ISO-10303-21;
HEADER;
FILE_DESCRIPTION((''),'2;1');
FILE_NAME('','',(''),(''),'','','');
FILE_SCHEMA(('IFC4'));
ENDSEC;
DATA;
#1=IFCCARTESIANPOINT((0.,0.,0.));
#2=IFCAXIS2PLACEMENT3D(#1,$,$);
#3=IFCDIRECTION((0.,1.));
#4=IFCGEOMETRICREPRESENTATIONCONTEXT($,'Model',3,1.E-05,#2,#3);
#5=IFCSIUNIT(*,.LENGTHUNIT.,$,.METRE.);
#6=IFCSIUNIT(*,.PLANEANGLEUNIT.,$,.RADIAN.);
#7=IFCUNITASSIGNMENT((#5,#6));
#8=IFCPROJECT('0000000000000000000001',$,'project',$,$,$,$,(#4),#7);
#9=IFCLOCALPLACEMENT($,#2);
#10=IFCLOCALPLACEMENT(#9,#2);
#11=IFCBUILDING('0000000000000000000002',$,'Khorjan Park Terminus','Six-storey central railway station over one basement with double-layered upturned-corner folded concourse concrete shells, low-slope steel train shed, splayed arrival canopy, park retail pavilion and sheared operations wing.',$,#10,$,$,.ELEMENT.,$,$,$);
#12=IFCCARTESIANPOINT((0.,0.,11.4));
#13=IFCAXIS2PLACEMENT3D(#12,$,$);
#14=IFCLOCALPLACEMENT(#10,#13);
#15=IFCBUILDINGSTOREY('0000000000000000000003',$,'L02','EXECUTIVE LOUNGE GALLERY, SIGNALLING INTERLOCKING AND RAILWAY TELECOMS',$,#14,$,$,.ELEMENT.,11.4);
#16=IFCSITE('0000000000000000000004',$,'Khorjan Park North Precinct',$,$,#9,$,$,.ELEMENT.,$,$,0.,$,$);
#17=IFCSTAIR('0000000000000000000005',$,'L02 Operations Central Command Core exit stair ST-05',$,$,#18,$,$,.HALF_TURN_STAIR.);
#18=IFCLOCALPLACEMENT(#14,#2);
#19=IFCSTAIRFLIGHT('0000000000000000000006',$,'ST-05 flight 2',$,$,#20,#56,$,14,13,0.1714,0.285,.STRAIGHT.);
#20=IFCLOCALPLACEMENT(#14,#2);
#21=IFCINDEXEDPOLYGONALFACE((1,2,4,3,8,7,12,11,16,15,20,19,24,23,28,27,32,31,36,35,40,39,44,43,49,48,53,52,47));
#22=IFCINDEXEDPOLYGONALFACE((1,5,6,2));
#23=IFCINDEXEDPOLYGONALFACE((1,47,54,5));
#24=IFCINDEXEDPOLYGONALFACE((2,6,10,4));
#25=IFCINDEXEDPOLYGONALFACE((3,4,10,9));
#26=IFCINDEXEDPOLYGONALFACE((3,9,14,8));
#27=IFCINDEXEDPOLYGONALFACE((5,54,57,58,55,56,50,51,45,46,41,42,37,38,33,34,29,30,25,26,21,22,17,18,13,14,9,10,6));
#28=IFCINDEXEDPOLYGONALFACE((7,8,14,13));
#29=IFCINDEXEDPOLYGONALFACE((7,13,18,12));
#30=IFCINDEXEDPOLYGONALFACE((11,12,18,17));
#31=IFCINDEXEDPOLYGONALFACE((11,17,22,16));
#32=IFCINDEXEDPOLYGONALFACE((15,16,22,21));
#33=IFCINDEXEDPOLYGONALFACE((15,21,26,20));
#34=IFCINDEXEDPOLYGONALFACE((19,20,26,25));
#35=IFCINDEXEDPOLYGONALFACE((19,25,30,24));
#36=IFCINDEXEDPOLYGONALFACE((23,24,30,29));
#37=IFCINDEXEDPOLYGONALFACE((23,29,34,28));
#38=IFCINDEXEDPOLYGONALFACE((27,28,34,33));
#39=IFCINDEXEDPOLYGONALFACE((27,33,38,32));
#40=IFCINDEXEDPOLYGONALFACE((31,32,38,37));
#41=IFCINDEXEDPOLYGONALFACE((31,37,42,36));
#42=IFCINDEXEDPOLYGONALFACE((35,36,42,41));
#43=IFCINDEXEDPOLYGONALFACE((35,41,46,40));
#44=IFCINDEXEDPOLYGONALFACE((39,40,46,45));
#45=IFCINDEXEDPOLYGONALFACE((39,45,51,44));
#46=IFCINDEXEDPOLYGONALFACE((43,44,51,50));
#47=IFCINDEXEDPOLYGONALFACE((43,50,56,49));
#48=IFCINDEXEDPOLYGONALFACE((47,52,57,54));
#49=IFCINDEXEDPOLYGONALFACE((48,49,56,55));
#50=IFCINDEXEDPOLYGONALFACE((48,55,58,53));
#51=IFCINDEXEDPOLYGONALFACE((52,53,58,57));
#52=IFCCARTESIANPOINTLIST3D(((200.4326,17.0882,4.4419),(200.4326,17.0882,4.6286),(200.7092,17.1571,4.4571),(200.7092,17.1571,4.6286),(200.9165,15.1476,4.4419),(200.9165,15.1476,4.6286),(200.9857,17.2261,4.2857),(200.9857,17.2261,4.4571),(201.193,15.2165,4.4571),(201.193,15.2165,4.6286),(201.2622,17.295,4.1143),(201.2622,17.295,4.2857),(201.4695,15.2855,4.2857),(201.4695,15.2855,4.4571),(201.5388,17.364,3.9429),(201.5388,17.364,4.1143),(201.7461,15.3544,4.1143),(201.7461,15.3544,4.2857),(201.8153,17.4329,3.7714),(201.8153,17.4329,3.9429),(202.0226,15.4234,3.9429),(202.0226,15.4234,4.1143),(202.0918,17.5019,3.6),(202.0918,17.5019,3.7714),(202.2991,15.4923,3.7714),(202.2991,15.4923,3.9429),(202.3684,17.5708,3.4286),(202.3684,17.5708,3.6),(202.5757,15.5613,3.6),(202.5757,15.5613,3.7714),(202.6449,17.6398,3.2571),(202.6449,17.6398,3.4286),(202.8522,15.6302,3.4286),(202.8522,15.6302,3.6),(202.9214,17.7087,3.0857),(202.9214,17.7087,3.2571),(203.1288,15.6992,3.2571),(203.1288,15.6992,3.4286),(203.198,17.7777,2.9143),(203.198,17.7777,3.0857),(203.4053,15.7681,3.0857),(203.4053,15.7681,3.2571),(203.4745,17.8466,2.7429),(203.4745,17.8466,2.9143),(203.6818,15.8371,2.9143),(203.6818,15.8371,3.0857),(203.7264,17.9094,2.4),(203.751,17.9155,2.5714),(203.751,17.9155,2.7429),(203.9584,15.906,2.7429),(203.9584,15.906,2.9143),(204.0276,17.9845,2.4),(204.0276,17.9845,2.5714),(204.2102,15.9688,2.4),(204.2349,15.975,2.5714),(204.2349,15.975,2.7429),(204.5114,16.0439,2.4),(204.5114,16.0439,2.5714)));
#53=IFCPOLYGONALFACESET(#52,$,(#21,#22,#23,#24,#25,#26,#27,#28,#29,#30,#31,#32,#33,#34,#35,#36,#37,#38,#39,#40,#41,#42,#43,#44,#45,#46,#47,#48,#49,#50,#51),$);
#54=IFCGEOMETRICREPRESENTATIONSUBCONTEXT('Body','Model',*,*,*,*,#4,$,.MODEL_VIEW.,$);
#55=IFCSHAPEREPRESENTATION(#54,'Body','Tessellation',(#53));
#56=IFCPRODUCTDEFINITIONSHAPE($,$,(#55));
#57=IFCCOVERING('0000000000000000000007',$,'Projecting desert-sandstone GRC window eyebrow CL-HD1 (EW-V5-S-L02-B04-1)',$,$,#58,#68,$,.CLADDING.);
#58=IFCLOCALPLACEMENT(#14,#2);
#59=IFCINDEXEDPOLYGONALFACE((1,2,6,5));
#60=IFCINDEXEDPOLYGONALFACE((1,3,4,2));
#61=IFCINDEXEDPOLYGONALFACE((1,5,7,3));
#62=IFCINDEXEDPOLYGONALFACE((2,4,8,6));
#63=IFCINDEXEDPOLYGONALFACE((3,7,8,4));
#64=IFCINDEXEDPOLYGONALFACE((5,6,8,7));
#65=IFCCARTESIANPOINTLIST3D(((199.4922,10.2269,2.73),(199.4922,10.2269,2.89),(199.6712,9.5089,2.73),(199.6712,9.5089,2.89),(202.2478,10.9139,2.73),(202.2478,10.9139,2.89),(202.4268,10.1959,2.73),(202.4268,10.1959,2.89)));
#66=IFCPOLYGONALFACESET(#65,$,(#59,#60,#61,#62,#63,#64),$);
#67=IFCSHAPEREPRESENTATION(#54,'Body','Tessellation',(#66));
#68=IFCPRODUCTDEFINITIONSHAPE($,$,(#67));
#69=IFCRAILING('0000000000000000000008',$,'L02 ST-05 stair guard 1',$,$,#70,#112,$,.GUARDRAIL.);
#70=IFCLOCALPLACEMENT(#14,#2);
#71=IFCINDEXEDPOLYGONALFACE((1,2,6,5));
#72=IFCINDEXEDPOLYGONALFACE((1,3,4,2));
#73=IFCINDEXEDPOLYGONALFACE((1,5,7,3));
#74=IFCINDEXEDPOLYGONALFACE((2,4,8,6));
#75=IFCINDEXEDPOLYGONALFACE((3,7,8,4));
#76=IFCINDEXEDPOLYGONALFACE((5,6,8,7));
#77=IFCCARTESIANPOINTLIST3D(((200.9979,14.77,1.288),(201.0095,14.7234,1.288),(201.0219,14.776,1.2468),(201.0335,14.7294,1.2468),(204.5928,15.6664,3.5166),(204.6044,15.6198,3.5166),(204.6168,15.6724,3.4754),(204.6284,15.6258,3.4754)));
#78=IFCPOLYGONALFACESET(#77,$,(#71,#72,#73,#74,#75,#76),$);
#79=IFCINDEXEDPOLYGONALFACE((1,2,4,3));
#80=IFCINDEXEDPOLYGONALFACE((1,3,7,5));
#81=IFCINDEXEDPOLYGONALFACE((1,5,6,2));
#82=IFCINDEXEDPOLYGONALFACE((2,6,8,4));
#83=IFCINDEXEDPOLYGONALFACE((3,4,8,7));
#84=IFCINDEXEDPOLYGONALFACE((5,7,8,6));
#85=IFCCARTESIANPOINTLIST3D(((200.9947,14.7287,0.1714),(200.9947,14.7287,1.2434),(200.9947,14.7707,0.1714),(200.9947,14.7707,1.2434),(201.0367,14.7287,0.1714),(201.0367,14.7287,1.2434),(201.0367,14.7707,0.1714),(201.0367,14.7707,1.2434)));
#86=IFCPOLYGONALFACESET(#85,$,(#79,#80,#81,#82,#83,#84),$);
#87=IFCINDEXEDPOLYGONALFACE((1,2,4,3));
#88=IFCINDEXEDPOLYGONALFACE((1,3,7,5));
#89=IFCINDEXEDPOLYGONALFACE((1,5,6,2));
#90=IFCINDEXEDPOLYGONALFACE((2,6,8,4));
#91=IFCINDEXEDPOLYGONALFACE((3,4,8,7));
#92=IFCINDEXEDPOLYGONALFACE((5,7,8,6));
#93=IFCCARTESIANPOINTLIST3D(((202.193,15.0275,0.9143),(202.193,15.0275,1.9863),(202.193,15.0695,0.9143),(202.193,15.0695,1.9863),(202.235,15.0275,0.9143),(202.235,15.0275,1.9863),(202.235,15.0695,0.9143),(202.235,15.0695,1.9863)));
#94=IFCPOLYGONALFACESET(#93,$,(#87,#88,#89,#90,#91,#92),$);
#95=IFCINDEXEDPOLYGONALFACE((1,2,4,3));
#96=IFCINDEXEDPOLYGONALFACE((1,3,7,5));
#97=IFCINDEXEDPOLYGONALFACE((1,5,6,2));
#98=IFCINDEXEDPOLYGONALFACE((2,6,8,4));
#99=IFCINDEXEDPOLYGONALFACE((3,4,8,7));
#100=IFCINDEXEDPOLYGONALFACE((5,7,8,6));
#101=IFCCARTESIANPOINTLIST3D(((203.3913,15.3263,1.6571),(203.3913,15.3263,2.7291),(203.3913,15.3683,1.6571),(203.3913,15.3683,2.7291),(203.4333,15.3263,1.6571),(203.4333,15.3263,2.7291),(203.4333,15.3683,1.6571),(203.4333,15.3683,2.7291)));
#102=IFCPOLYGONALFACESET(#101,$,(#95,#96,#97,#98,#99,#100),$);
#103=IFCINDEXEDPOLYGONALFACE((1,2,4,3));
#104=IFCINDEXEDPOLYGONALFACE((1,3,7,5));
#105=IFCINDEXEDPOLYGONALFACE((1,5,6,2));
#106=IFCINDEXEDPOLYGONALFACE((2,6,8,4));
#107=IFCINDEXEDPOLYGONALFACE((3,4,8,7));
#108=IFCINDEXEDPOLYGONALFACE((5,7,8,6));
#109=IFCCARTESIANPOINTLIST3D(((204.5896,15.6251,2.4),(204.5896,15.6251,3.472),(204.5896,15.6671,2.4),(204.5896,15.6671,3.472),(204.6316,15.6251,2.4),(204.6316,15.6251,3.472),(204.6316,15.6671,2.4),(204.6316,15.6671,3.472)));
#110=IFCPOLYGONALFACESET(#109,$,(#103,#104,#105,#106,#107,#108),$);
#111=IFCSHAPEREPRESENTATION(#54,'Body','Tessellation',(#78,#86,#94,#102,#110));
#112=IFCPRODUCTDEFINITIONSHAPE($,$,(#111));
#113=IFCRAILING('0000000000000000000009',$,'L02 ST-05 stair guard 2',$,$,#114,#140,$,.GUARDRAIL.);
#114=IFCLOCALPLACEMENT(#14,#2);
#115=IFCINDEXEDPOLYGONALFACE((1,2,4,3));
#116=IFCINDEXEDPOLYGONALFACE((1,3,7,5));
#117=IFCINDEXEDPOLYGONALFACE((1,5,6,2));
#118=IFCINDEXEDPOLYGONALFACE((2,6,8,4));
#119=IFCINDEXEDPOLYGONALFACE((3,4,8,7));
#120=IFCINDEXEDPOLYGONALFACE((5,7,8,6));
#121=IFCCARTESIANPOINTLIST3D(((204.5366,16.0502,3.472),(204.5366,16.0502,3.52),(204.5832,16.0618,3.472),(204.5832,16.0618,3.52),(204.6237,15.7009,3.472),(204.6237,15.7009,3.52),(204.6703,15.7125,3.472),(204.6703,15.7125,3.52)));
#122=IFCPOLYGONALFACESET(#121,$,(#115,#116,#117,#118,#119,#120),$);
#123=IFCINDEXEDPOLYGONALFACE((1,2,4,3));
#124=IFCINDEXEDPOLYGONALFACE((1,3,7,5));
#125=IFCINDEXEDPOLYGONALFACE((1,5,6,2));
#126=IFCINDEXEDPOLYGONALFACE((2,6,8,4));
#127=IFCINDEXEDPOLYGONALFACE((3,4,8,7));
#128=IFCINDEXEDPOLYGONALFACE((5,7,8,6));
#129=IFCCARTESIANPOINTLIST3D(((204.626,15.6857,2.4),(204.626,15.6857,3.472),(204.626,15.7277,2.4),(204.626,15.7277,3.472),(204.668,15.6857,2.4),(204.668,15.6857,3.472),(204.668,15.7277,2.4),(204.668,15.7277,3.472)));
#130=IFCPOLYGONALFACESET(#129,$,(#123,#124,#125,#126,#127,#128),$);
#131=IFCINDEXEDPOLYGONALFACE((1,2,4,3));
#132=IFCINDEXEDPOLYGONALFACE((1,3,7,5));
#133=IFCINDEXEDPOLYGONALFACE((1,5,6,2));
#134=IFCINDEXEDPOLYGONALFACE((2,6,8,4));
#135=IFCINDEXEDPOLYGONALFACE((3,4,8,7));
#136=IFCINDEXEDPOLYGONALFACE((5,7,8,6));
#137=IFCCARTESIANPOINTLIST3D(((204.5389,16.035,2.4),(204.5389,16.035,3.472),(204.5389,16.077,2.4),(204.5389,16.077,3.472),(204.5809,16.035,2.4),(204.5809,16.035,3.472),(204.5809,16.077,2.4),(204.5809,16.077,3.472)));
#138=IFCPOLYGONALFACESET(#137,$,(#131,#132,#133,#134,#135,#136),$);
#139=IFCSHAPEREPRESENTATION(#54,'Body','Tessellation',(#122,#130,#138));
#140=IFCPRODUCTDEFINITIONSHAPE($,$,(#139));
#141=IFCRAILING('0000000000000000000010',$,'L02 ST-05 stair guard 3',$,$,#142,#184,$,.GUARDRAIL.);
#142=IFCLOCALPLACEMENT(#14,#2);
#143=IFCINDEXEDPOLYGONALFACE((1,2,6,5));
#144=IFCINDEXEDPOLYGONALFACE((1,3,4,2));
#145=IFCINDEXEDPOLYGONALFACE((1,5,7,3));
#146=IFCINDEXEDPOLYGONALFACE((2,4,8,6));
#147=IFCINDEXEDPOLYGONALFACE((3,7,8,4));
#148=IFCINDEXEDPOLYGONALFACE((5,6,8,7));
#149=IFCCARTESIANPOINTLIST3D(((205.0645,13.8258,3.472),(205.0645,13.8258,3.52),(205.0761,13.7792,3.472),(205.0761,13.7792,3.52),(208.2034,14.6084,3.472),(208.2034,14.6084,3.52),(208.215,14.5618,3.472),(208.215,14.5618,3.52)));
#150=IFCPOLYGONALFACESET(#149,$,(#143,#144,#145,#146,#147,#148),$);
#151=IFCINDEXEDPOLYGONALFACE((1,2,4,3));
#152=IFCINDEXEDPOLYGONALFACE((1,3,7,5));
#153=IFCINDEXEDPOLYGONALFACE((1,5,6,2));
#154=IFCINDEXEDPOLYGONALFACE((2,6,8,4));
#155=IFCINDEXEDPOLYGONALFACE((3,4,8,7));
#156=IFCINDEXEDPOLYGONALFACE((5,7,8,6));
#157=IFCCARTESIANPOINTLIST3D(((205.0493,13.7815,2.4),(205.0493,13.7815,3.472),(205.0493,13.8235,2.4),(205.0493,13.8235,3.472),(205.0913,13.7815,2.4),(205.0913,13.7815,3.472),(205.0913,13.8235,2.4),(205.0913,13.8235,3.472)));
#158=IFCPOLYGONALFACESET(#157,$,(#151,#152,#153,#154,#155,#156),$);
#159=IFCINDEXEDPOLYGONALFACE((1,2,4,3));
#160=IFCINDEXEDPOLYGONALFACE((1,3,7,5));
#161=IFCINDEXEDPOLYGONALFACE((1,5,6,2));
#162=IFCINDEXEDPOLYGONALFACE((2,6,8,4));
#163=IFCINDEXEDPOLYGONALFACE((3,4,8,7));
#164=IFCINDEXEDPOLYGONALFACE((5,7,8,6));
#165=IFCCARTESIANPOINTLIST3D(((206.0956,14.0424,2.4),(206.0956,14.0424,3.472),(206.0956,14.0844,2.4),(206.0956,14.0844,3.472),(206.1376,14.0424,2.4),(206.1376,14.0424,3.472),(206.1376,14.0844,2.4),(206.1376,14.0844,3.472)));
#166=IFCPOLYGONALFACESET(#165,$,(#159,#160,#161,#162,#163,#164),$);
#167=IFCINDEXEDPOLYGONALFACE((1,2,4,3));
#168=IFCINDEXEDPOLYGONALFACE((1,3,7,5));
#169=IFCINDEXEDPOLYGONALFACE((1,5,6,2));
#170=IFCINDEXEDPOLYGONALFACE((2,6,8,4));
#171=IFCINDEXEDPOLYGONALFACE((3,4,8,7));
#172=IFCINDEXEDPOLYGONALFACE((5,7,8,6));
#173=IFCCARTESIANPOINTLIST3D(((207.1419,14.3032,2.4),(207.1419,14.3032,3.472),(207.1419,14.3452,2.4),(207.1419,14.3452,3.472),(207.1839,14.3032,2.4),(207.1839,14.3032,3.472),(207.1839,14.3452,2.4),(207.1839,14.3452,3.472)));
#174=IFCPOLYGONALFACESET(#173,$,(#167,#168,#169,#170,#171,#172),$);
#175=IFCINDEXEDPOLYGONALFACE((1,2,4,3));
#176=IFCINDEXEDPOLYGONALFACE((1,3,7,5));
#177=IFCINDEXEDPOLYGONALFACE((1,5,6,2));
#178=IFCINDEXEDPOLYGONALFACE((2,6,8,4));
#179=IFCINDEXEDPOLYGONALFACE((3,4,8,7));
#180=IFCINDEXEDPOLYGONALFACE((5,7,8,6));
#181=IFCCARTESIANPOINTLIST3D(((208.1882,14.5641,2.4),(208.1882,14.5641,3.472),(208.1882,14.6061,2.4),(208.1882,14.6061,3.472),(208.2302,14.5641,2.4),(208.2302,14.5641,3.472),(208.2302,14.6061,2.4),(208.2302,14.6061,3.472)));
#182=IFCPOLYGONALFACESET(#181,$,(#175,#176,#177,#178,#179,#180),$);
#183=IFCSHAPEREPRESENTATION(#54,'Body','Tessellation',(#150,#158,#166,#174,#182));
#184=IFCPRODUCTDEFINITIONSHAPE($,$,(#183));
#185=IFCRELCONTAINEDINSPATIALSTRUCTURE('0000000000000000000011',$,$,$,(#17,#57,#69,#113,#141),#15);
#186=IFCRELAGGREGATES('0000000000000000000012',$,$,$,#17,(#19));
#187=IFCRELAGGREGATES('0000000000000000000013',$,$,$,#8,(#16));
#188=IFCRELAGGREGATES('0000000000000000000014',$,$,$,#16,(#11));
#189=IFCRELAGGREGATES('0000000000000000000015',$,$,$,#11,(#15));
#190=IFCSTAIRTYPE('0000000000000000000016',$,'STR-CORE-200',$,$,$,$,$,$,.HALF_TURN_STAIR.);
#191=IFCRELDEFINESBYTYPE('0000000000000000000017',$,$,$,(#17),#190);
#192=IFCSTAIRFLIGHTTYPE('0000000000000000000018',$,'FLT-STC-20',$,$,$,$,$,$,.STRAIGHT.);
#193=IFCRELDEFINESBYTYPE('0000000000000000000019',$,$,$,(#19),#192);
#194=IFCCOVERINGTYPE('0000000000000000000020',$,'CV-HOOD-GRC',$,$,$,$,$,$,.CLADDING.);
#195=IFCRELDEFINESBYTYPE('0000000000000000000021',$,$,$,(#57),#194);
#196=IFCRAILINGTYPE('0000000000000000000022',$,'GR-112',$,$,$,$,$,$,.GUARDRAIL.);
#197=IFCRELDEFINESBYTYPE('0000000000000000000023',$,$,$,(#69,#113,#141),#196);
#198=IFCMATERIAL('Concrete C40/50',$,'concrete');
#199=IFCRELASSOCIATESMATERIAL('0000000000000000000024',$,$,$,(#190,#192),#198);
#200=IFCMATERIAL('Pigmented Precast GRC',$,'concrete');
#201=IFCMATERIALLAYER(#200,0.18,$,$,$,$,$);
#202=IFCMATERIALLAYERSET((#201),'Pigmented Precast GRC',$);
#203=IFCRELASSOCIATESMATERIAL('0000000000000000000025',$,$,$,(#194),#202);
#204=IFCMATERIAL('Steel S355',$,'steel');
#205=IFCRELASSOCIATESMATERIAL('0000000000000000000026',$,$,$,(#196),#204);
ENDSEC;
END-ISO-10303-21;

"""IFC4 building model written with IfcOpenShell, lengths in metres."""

from ifc_helpers import new_model, si_unit, direction, frame, origin, origin_2d, place, context, subcontext, project, spatial, polyline, rectangle, outline, extrude, material, layer, layer_set, type_object, element, aggregate, save


model = new_model("IFC4")

# Units and contexts
model_context = context("Model", 3, precision=1e-05, world=origin(), true_north=direction((0.0, 1.0)))
body_context = subcontext(model_context, "Body", "Model", "MODEL_VIEW")
ifc_project = project(units=[si_unit("LENGTHUNIT", "METRE"), si_unit("PLANEANGLEUNIT", "RADIAN")], contexts=[model_context])

# Site, building, storey
site_placement = place(None, origin())
site = spatial("IfcSite", under=ifc_project, at=site_placement, Name="Khorjan Park North Precinct", CompositionType="ELEMENT", RefElevation=0.0)
building_placement = place(site_placement, origin())
building = spatial("IfcBuilding", under=site, at=building_placement, Name="Khorjan Park Terminus", Description="Six-storey central railway station over one basement with double-layered upturned-corner folded concourse concrete shells, low-slope steel train shed, splayed arrival canopy, park retail pavilion and sheared operations wing.", CompositionType="ELEMENT")
storey_placement = place(building_placement, frame((0.0, 0.0, 11.4)))
storey = spatial("IfcBuildingStorey", under=building, at=storey_placement, Name="L02", Description="EXECUTIVE LOUNGE GALLERY, SIGNALLING INTERLOCKING AND RAILWAY TELECOMS", CompositionType="ELEMENT", Elevation=11.4)

# Shared definitions
ifc_material_1 = material(Name="Concrete C40/50", Category="concrete")

# Stair, stair flight
stair_type = type_object("IfcStairType", Name="STR-CORE-200", PredefinedType="HALF_TURN_STAIR", material=ifc_material_1)
stair_placement = place(storey_placement, origin())
stair = element("IfcStair", 1, at=stair_placement, inside=storey, type_object=stair_type, Name="L02 Operations Central Command Core exit stair ST-05", PredefinedType="HALF_TURN_STAIR")
stair_flight_type = type_object("IfcStairFlightType", Name="FLT-STC-20", PredefinedType="STRAIGHT", material=ifc_material_1)
stair_flight_1_placement = place(storey_placement, frame((204.2695, 17.0142, 2.4), z_axis=(0.0, 0.0, 1.0), x_axis=(-0.970296, -0.241922, 0.0)))
stair_flight_1 = element("IfcStairFlight", 2, at=stair_flight_1_placement, type_object=stair_flight_type, Name="ST-05 flight 2", NumberOfRisers=14, NumberOfTreads=13, PredefinedType="STRAIGHT", RiserHeight=0.1714, TreadLength=0.285, context=body_context, shape_type="SweptSolid", body=[
    extrude(outline(polyline([(0.0, 0.0), (0.0, 0.1714), (0.285, 0.1714), (0.285, 0.3429), (0.57, 0.3429), (0.57, 0.5143), (0.855, 0.5143), (0.855, 0.6857), (1.14, 0.6857), (1.14, 0.8571), (1.425, 0.8571), (1.425, 1.0286), (1.71, 1.0286), (1.71, 1.2), (1.995, 1.2), (1.995, 1.3714), (2.28, 1.3714), (2.28, 1.5429), (2.565, 1.5429), (2.565, 1.7143), (2.85, 1.7143), (2.85, 1.8857), (3.135, 1.8857), (3.135, 2.0571), (3.42, 2.0571), (3.42, 2.2286), (3.705, 2.2286), (3.705, 2.4), (3.705, 2.0419), (0.3104, 0.0), (0.0, 0.0)])), frame((0.0, 1.0, 0.0), z_axis=(0.0, -1.0, 0.0), x_axis=(1.0, 0.0, 0.0)), (0.0, 0.0, 1.0), 2.0),
])
aggregate(stair, [stair_flight_1])

# Covering
ifc_material_2 = material(Name="Pigmented Precast GRC", Category="concrete")
ifc_layer_1 = layer(ifc_material_2, 0.18)
ifc_layer_set_1 = layer_set([ifc_layer_1], Name="Pigmented Precast GRC")
covering_type = type_object("IfcCoveringType", Name="CV-HOOD-GRC", PredefinedType="CLADDING", material=ifc_layer_set_1)
covering_placement = place(storey_placement, frame((200.9595, 10.2114, 2.73), z_axis=(0.0, 0.0, 1.0), x_axis=(0.970294, 0.24193, 0.0)))
element("IfcCovering", 3, at=covering_placement, inside=storey, type_object=covering_type, Name="Projecting desert-sandstone GRC window eyebrow CL-HD1 (EW-V5-S-L02-B04-1)", PredefinedType="CLADDING", context=body_context, shape_type="SweptSolid", body=[
    extrude(rectangle(XDim=2.84, YDim=0.74, at=origin_2d()), origin(), (0.0, 0.0, 1.0), 0.16),
])

# Railings
ifc_material_3 = material(Name="Steel S355", Category="steel")
railing_type_1 = type_object("IfcRailingType", Name="GR-112", PredefinedType="GUARDRAIL", material=ifc_material_3)
railing_1_placement = place(storey_placement, frame((201.0157, 14.7497, 0.1714)))
element("IfcRailing", 4, at=railing_1_placement, inside=storey, type_object=railing_type_1, Name="L02 ST-05 stair guard 1", PredefinedType="GUARDRAIL", context=body_context, shape_type="SweptSolid", body=[
    extrude(rectangle(XDim=0.048, YDim=0.048, at=origin_2d()), frame((0.0, 0.0, 1.096), z_axis=(0.83146, 0.207327, 0.51545), x_axis=(-0.241945, 0.97029, 0.0)), (0.0, 0.0, 1.0), 4.3236),
    extrude(rectangle(XDim=0.042, YDim=0.042, at=origin_2d()), origin(), (0.0, 0.0, 1.0), 1.072),
    extrude(rectangle(XDim=0.042, YDim=0.042, at=origin_2d()), frame((1.1983, 0.2988, 0.7429)), (0.0, 0.0, 1.0), 1.072),
    extrude(rectangle(XDim=0.042, YDim=0.042, at=origin_2d()), frame((2.3966, 0.5976, 1.4857)), (0.0, 0.0, 1.0), 1.072),
    extrude(rectangle(XDim=0.042, YDim=0.042, at=origin_2d()), frame((3.5949, 0.8964, 2.2286)), (0.0, 0.0, 1.0), 1.072),
])
railing_2_placement = place(storey_placement, frame((204.647, 15.7067, 2.4)))
element("IfcRailing", 5, at=railing_2_placement, inside=storey, type_object=railing_type_1, Name="L02 ST-05 stair guard 2", PredefinedType="GUARDRAIL", context=body_context, shape_type="SweptSolid", body=[
    extrude(rectangle(XDim=0.048, YDim=0.048, at=origin_2d()), frame((0.0, 0.0, 1.096), z_axis=(-0.241947, 0.970289, 0.0), x_axis=(-0.970289, -0.241947, 0.0)), (0.0, 0.0, 1.0), 0.36),
    extrude(rectangle(XDim=0.042, YDim=0.042, at=origin_2d()), origin(), (0.0, 0.0, 1.0), 1.072),
    extrude(rectangle(XDim=0.042, YDim=0.042, at=origin_2d()), frame((-0.0871, 0.3493, 0.0)), (0.0, 0.0, 1.0), 1.072),
])
railing_3_placement = place(storey_placement, frame((205.0703, 13.8025, 2.4)))
element("IfcRailing", 6, at=railing_3_placement, inside=storey, type_object=railing_type_1, Name="L02 ST-05 stair guard 3", PredefinedType="GUARDRAIL", context=body_context, shape_type="SweptSolid", body=[
    extrude(rectangle(XDim=0.048, YDim=0.048, at=origin_2d()), frame((0.0, 0.0, 1.096), z_axis=(0.970297, 0.241917, 0.0), x_axis=(-0.241917, 0.970297, 0.0)), (0.0, 0.0, 1.0), 3.235),
    extrude(rectangle(XDim=0.042, YDim=0.042, at=origin_2d()), origin(), (0.0, 0.0, 1.0), 1.072),
    extrude(rectangle(XDim=0.042, YDim=0.042, at=origin_2d()), frame((1.0463, 0.2609, 0.0)), (0.0, 0.0, 1.0), 1.072),
    extrude(rectangle(XDim=0.042, YDim=0.042, at=origin_2d()), frame((2.0926, 0.5217, 0.0)), (0.0, 0.0, 1.0), 1.072),
    extrude(rectangle(XDim=0.042, YDim=0.042, at=origin_2d()), frame((3.1389, 0.7826, 0.0)), (0.0, 0.0, 1.0), 1.072),
])

save(model, "model.ifc")
